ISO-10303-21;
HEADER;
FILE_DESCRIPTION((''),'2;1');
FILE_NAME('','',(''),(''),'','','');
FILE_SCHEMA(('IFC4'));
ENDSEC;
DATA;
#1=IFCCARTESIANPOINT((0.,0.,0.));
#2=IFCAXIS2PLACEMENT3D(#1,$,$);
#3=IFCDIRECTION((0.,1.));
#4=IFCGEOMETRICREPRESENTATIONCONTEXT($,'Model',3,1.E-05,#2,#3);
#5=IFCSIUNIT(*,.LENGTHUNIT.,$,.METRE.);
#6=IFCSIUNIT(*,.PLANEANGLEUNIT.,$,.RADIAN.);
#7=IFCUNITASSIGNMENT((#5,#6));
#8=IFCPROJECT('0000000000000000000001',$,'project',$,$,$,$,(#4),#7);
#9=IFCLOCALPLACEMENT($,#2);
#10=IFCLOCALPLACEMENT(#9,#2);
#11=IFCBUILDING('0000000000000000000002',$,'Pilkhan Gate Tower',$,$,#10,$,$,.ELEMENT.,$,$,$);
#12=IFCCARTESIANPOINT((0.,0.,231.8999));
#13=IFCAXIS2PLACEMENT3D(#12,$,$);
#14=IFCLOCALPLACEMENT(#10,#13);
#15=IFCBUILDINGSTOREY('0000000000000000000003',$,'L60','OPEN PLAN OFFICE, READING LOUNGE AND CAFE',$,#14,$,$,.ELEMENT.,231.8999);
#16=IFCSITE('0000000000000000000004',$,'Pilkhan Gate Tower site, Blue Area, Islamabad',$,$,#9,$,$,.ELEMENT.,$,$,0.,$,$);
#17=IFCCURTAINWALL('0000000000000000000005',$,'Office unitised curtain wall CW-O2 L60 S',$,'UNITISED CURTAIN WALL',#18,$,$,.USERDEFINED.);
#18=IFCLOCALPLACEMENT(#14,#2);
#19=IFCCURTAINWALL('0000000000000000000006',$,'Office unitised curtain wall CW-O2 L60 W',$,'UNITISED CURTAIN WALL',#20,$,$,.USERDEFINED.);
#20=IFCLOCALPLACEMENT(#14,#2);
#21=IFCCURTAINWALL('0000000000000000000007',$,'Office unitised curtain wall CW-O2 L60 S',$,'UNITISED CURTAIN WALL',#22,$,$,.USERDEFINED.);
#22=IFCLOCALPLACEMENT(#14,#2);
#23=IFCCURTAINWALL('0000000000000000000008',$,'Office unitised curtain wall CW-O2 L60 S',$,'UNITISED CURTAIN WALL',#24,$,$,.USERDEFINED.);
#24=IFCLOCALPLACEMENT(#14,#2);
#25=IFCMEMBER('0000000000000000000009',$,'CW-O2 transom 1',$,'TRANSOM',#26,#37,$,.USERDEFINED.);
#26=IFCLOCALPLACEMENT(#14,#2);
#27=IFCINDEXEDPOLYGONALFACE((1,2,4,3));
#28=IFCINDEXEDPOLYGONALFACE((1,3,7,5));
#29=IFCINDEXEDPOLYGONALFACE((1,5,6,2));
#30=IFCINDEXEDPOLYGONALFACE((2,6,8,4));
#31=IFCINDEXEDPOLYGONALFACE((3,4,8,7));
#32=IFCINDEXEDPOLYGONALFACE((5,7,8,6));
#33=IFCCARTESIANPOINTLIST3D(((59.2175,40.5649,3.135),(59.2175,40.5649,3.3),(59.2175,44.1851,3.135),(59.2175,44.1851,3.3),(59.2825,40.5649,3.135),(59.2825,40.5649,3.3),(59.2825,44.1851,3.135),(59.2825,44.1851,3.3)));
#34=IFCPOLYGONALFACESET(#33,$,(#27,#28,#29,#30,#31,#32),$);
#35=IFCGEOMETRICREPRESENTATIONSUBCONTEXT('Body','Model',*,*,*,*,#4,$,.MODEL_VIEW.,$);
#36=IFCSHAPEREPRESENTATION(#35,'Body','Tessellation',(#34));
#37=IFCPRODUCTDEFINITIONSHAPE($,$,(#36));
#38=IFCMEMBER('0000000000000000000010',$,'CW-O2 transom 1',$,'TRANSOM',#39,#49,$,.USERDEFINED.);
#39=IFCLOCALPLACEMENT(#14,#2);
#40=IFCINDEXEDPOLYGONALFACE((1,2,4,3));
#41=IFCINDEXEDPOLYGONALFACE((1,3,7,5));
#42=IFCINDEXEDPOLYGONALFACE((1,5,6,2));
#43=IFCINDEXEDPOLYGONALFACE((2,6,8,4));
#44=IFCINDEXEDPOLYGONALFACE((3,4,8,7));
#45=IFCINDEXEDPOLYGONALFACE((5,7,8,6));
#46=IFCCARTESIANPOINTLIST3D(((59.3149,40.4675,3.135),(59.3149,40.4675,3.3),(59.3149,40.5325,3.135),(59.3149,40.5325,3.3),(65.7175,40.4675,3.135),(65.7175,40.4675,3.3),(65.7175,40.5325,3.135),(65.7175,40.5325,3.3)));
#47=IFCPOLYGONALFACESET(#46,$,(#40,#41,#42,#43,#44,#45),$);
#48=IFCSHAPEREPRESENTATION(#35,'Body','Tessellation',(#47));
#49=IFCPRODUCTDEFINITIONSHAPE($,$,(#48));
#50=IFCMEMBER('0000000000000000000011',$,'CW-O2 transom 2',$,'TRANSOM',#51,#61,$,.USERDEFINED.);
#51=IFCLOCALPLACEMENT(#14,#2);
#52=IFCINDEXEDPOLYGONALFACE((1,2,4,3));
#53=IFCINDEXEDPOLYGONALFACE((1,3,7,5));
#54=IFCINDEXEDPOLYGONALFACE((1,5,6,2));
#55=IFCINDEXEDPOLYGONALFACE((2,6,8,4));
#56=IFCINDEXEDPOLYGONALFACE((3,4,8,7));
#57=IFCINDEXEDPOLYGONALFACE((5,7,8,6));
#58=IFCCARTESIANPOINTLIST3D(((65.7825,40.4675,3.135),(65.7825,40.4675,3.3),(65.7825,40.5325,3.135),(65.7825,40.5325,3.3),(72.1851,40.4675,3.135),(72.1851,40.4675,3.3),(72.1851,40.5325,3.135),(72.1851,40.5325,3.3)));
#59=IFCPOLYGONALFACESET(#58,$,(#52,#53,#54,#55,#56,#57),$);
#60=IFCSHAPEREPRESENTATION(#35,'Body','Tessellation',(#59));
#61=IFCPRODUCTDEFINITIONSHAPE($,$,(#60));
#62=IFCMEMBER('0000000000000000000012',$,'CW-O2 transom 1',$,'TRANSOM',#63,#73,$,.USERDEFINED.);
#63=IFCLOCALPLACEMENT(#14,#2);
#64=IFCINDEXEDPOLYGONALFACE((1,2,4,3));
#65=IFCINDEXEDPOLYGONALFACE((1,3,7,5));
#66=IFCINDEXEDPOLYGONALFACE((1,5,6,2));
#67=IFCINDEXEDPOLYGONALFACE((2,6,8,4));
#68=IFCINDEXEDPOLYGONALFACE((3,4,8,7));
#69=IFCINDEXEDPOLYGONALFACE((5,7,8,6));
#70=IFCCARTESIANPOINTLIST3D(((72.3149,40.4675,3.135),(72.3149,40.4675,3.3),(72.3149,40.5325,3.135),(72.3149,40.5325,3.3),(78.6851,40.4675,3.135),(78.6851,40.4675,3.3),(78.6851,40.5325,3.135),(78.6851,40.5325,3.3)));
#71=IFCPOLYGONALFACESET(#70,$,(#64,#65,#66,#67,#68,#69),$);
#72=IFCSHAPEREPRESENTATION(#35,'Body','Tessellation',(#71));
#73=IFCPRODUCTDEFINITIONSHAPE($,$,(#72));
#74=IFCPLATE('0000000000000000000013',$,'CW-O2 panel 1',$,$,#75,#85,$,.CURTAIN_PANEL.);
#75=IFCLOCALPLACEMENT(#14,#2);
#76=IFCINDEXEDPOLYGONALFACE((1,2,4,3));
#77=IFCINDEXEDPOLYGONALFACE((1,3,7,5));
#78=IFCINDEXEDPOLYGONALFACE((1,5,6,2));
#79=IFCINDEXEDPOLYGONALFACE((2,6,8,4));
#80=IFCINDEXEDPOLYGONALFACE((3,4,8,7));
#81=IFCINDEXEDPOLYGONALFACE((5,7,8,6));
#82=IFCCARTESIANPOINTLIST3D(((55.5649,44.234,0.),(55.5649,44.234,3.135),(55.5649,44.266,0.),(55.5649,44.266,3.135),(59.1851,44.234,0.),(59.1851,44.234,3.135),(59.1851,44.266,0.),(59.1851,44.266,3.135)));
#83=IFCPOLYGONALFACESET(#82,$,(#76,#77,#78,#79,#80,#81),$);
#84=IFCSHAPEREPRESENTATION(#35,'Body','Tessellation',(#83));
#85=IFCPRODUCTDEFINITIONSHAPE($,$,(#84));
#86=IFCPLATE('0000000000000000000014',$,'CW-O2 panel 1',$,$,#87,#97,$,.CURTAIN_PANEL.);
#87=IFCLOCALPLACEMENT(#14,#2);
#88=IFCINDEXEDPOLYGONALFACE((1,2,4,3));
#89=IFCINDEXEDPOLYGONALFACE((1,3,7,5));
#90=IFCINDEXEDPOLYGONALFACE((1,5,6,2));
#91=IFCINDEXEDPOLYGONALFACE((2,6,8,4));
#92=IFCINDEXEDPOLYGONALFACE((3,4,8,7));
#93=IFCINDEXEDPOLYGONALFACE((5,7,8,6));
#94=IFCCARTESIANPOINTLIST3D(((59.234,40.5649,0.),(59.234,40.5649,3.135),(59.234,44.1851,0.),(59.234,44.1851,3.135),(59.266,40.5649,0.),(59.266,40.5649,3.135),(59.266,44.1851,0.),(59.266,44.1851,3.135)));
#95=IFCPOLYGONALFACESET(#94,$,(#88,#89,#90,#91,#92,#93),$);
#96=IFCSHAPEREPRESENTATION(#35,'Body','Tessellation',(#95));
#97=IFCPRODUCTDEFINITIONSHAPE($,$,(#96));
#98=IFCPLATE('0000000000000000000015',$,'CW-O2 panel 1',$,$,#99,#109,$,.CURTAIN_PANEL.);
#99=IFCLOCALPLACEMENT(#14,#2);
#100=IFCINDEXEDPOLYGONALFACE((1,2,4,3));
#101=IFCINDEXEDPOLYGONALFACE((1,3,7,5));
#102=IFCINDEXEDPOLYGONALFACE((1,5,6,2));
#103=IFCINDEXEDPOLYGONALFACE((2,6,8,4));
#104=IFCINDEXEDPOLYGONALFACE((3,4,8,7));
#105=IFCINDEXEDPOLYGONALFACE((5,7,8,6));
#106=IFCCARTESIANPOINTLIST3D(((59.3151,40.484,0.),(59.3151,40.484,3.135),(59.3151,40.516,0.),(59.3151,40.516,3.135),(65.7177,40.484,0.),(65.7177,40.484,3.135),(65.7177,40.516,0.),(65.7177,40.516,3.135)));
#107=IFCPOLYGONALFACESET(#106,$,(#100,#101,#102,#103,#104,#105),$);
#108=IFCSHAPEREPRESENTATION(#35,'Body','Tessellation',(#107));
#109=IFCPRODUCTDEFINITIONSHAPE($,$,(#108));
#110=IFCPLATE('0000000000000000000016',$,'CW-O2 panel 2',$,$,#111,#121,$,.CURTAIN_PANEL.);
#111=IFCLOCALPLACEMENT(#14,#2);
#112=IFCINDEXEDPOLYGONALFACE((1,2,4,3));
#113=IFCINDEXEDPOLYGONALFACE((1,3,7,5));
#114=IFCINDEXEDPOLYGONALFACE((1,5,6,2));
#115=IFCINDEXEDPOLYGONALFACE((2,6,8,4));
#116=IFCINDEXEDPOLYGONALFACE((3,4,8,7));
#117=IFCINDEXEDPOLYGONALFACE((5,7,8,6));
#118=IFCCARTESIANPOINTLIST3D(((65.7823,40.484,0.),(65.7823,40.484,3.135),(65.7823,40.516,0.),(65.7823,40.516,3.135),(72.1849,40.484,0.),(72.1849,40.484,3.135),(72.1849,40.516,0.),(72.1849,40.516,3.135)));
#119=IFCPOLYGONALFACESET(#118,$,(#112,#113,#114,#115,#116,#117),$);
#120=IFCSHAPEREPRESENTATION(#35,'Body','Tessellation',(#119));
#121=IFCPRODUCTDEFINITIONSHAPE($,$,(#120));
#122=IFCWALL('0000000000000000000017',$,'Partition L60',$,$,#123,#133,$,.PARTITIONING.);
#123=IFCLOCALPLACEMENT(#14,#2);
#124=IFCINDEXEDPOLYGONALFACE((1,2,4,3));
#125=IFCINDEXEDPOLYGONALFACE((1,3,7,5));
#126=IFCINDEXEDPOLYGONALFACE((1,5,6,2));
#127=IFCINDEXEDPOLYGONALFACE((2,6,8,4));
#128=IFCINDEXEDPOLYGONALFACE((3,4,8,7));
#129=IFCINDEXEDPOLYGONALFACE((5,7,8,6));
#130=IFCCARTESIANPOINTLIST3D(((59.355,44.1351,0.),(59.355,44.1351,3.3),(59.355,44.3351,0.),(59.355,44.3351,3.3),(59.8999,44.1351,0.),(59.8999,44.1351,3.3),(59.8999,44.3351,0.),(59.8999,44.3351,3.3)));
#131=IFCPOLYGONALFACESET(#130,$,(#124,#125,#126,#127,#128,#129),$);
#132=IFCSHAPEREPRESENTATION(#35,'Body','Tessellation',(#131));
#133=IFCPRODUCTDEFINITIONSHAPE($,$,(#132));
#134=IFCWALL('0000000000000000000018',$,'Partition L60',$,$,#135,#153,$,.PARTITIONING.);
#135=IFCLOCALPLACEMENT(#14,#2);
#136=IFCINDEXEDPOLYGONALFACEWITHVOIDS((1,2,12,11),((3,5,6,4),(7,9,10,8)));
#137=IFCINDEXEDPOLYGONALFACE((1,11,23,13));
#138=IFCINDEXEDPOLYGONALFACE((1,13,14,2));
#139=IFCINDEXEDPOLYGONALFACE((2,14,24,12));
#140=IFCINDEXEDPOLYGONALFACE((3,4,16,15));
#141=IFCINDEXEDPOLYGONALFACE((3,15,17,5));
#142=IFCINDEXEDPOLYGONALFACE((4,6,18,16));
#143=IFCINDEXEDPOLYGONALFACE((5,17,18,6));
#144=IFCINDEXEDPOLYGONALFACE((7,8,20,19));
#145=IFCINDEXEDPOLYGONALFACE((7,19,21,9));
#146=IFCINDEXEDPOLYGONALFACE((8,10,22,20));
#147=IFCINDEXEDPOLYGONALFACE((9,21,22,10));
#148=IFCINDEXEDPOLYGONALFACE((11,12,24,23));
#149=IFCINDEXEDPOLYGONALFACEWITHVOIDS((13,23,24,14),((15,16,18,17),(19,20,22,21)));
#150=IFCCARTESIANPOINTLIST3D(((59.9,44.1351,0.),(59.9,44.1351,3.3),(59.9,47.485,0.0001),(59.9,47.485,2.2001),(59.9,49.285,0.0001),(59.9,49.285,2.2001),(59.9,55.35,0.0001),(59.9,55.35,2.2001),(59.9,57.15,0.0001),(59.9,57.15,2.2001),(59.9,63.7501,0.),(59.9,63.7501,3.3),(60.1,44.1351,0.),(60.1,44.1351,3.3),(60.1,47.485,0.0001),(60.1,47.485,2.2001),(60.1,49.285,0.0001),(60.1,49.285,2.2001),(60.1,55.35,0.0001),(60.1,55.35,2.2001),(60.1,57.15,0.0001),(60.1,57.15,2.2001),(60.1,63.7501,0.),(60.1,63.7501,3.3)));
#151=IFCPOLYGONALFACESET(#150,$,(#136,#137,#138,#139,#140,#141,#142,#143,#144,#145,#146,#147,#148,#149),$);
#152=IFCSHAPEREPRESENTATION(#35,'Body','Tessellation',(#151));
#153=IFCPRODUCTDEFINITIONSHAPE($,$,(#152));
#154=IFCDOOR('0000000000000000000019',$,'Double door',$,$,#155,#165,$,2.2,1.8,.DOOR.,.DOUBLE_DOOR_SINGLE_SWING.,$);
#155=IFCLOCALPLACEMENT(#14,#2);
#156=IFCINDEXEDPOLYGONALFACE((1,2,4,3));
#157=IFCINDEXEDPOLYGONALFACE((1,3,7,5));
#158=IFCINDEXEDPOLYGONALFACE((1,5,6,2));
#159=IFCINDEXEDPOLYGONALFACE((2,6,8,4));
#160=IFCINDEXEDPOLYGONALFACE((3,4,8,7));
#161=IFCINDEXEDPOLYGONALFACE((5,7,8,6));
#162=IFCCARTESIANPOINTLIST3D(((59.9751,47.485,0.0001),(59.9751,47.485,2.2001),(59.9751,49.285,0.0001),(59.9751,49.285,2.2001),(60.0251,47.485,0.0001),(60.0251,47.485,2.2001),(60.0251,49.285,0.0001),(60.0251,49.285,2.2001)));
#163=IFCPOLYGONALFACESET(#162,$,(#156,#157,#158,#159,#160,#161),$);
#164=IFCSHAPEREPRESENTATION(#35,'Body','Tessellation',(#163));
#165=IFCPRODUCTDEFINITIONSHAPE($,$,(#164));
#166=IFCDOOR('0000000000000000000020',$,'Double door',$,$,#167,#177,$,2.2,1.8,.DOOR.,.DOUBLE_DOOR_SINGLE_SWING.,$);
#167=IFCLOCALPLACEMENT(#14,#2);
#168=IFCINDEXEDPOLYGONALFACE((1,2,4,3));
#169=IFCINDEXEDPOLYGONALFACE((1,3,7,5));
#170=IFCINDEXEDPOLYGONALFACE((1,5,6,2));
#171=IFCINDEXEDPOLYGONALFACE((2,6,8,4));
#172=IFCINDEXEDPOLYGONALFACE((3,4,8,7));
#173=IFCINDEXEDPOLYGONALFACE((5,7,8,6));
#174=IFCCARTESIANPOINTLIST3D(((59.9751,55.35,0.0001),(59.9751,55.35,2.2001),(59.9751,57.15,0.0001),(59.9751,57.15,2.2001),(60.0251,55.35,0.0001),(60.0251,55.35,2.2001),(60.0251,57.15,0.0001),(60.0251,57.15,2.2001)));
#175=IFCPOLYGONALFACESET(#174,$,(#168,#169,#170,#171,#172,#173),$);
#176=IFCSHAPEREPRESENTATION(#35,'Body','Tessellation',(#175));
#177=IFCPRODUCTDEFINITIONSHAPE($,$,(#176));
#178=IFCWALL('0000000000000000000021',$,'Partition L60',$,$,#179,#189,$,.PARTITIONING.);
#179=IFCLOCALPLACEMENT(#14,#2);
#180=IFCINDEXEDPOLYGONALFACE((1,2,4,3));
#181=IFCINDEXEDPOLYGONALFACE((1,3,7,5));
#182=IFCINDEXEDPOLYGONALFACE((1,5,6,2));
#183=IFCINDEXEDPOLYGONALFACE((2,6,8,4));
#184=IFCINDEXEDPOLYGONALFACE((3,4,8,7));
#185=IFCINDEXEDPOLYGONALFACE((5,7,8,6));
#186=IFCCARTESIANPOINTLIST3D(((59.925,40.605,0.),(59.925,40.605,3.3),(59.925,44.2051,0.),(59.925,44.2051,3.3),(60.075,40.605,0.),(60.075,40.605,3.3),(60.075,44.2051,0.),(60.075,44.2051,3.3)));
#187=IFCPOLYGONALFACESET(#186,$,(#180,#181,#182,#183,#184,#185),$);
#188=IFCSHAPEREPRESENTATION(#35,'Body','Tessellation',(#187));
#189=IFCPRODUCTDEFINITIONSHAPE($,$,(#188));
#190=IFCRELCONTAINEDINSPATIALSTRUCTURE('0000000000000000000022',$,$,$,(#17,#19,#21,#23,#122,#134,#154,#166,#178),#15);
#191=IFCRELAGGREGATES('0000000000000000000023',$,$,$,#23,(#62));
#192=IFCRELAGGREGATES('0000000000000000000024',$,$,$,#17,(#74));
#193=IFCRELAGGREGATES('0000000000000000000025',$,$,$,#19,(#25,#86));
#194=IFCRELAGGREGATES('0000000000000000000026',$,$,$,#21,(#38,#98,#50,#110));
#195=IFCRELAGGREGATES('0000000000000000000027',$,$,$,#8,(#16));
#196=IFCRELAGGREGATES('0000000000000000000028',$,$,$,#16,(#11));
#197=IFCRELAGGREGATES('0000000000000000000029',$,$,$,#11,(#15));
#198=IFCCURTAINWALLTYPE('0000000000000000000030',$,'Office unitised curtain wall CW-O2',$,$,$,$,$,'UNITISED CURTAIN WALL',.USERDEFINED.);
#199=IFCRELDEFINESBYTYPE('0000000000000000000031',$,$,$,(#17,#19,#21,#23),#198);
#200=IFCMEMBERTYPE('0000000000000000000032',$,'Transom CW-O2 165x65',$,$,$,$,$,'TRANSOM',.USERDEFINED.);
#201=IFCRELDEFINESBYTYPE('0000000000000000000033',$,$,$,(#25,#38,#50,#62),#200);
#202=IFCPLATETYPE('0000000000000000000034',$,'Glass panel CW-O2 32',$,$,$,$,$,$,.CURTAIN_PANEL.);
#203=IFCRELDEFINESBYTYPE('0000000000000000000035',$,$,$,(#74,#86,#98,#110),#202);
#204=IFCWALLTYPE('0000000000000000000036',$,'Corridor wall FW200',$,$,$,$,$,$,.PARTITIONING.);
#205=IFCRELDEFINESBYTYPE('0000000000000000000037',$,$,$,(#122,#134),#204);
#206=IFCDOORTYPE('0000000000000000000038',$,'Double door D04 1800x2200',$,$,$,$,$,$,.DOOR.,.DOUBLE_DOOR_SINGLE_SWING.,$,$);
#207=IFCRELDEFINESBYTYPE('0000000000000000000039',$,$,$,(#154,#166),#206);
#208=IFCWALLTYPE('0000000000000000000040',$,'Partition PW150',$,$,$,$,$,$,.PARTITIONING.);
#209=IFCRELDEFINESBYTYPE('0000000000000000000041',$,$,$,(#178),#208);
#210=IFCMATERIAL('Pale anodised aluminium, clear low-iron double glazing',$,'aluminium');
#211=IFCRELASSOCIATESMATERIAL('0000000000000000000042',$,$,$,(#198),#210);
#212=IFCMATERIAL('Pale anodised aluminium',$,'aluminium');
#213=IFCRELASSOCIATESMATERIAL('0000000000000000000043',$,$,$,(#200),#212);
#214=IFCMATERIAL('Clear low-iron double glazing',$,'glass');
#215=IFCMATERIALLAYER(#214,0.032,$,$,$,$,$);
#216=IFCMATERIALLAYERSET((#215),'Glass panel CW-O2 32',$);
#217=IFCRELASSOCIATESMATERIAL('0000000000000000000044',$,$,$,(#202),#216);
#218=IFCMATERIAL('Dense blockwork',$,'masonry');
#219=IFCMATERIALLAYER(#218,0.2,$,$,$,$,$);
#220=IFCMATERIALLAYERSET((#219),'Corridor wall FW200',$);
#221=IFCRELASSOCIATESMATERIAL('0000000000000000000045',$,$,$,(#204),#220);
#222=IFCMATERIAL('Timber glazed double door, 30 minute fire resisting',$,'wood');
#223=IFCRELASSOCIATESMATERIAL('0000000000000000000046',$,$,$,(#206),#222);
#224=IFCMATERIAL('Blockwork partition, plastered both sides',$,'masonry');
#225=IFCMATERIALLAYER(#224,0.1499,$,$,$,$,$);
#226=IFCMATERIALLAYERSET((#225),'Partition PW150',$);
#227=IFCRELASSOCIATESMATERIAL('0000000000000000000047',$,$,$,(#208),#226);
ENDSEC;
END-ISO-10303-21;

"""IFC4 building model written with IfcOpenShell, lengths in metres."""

from ifc_helpers import new_model, si_unit, direction, frame, frame_2d, origin, origin_2d, place, context, subcontext, project, spatial, rectangle, extrude, material, layer, layer_set, material_profile, profile_set, type_object, element, fill, aggregate, save


model = new_model("IFC4")

# Units and contexts
model_context = context("Model", 3, precision=1e-05, world=origin(), true_north=direction((0.0, 1.0)))
body_context = subcontext(model_context, "Body", "Model", "MODEL_VIEW")
ifc_project = project(units=[si_unit("LENGTHUNIT", "METRE"), si_unit("PLANEANGLEUNIT", "RADIAN")], contexts=[model_context])

# Site, building, storey
site_placement = place(None, origin())
site = spatial("IfcSite", under=ifc_project, at=site_placement, Name="Pilkhan Gate Tower site, Blue Area, Islamabad", CompositionType="ELEMENT", RefElevation=0.0)
building_placement = place(site_placement, origin())
building = spatial("IfcBuilding", under=site, at=building_placement, Name="Pilkhan Gate Tower", CompositionType="ELEMENT")
storey_placement = place(building_placement, frame((0.0, 0.0, 231.8999)))
storey = spatial("IfcBuildingStorey", under=building, at=storey_placement, Name="L60", Description="OPEN PLAN OFFICE, READING LOUNGE AND CAFE", CompositionType="ELEMENT", Elevation=231.8999)

# Shared definitions
ifc_material_1 = material(Name="Pale anodised aluminium, clear low-iron double glazing", Category="aluminium")
curtain_wall_type = type_object("IfcCurtainWallType", Name="Office unitised curtain wall CW-O2", ElementType="UNITISED CURTAIN WALL", PredefinedType="USERDEFINED", material=ifc_material_1)
ifc_material_2 = material(Name="Pale anodised aluminium", Category="aluminium")

# Curtain walls
curtain_wall_1_placement = place(storey_placement, origin())
curtain_wall_1 = element("IfcCurtainWall", 1, at=curtain_wall_1_placement, inside=storey, type_object=curtain_wall_type, Name="Office unitised curtain wall CW-O2 L60 S", ObjectType="UNITISED CURTAIN WALL", PredefinedType="USERDEFINED")
curtain_wall_2_placement = place(storey_placement, origin())
curtain_wall_2 = element("IfcCurtainWall", 2, at=curtain_wall_2_placement, inside=storey, type_object=curtain_wall_type, Name="Office unitised curtain wall CW-O2 L60 W", ObjectType="UNITISED CURTAIN WALL", PredefinedType="USERDEFINED")
curtain_wall_3_placement = place(storey_placement, origin())
curtain_wall_3 = element("IfcCurtainWall", 3, at=curtain_wall_3_placement, inside=storey, type_object=curtain_wall_type, Name="Office unitised curtain wall CW-O2 L60 S", ObjectType="UNITISED CURTAIN WALL", PredefinedType="USERDEFINED")

# Curtain wall
curtain_wall_4_placement = place(storey_placement, origin())
curtain_wall_4 = element("IfcCurtainWall", 4, at=curtain_wall_4_placement, inside=storey, type_object=curtain_wall_type, Name="Office unitised curtain wall CW-O2 L60 S", ObjectType="UNITISED CURTAIN WALL", PredefinedType="USERDEFINED")

# Members
ifc_material_profile_1 = material_profile(ifc_material_2, rectangle(XDim=0.0649, YDim=0.165, at=origin_2d()), Name="Transom 165x65")
ifc_profile_set_1 = profile_set([ifc_material_profile_1], Name="Pale anodised aluminium")
member_type_1 = type_object("IfcMemberType", Name="Transom CW-O2 165x65", ElementType="TRANSOM", PredefinedType="USERDEFINED", material=ifc_profile_set_1)
member_1_placement = place(storey_placement, frame((59.25, 40.5649, 3.2175), z_axis=(0.0, 1.0, 0.0), x_axis=(-1.0, 0.0, 0.0)))
member_1 = element("IfcMember", 5, at=member_1_placement, type_object=member_type_1, Name="CW-O2 transom 1", ObjectType="TRANSOM", PredefinedType="USERDEFINED", context=body_context, shape_type="SweptSolid", body=[
    extrude(rectangle(XDim=0.0649, YDim=0.165, at=origin_2d()), origin(), (0.0, 0.0, 1.0), 3.6201),
])
member_2_placement = place(storey_placement, frame((59.3149, 40.5, 3.2175), z_axis=(1.0, 0.0, 0.0), x_axis=(0.0, 1.0, 0.0)))
member_2 = element("IfcMember", 6, at=member_2_placement, type_object=member_type_1, Name="CW-O2 transom 1", ObjectType="TRANSOM", PredefinedType="USERDEFINED", context=body_context, shape_type="SweptSolid", body=[
    extrude(rectangle(XDim=0.0649, YDim=0.165, at=origin_2d()), origin(), (0.0, 0.0, 1.0), 6.4026),
])
member_3_placement = place(storey_placement, frame((65.7825, 40.5, 3.2175), z_axis=(1.0, 0.0, 0.0), x_axis=(0.0, 1.0, 0.0)))
member_3 = element("IfcMember", 7, at=member_3_placement, type_object=member_type_1, Name="CW-O2 transom 2", ObjectType="TRANSOM", PredefinedType="USERDEFINED", context=body_context, shape_type="SweptSolid", body=[
    extrude(rectangle(XDim=0.0649, YDim=0.165, at=origin_2d()), origin(), (0.0, 0.0, 1.0), 6.4026),
])
member_4_placement = place(storey_placement, frame((72.3149, 40.5, 3.2175), z_axis=(1.0, 0.0, 0.0), x_axis=(0.0, 1.0, 0.0)))
member_4 = element("IfcMember", 8, at=member_4_placement, type_object=member_type_1, Name="CW-O2 transom 1", ObjectType="TRANSOM", PredefinedType="USERDEFINED", context=body_context, shape_type="SweptSolid", body=[
    extrude(rectangle(XDim=0.0649, YDim=0.165, at=origin_2d()), origin(), (0.0, 0.0, 1.0), 6.3701),
])
aggregate(curtain_wall_4, [member_4])

# Plates
ifc_material_3 = material(Name="Clear low-iron double glazing", Category="glass")
ifc_layer_1 = layer(ifc_material_3, 0.032)
ifc_layer_set_1 = layer_set([ifc_layer_1], Name="Glass panel CW-O2 32")
plate_type = type_object("IfcPlateType", Name="Glass panel CW-O2 32", PredefinedType="CURTAIN_PANEL", material=ifc_layer_set_1)
plate_1_placement = place(storey_placement, frame((57.375, 44.25, 0.0), z_axis=(0.0, 0.0, 1.0), x_axis=(1.0, 0.0, 0.0)))
plate_1 = element("IfcPlate", 9, at=plate_1_placement, type_object=plate_type, Name="CW-O2 panel 1", PredefinedType="CURTAIN_PANEL", context=body_context, shape_type="SweptSolid", body=[
    extrude(rectangle(XDim=3.6201, YDim=0.032, at=origin_2d()), origin(), (0.0, 0.0, 1.0), 3.135),
])
aggregate(curtain_wall_1, [plate_1])
plate_2_placement = place(storey_placement, frame((59.25, 42.375, 0.0), z_axis=(0.0, 0.0, 1.0), x_axis=(0.0, 1.0, 0.0)))
plate_2 = element("IfcPlate", 10, at=plate_2_placement, type_object=plate_type, Name="CW-O2 panel 1", PredefinedType="CURTAIN_PANEL", context=body_context, shape_type="SweptSolid", body=[
    extrude(rectangle(XDim=3.6201, YDim=0.032, at=origin_2d()), origin(), (0.0, 0.0, 1.0), 3.135),
])
aggregate(curtain_wall_2, [member_1, plate_2])
plate_3_placement = place(storey_placement, frame((62.5164, 40.5, 0.0), z_axis=(0.0, 0.0, 1.0), x_axis=(1.0, 0.0, 0.0)))
plate_3 = element("IfcPlate", 11, at=plate_3_placement, type_object=plate_type, Name="CW-O2 panel 1", PredefinedType="CURTAIN_PANEL", context=body_context, shape_type="SweptSolid", body=[
    extrude(rectangle(XDim=6.4026, YDim=0.032, at=origin_2d()), origin(), (0.0, 0.0, 1.0), 3.135),
])
plate_4_placement = place(storey_placement, frame((68.9836, 40.5, 0.0), z_axis=(0.0, 0.0, 1.0), x_axis=(1.0, 0.0, 0.0)))
plate_4 = element("IfcPlate", 12, at=plate_4_placement, type_object=plate_type, Name="CW-O2 panel 2", PredefinedType="CURTAIN_PANEL", context=body_context, shape_type="SweptSolid", body=[
    extrude(rectangle(XDim=6.4026, YDim=0.032, at=origin_2d()), origin(), (0.0, 0.0, 1.0), 3.135),
])
aggregate(curtain_wall_3, [member_2, plate_3, member_3, plate_4])

# Wall
ifc_material_4 = material(Name="Dense blockwork", Category="masonry")
ifc_layer_2 = layer(ifc_material_4, 0.2)
ifc_layer_set_2 = layer_set([ifc_layer_2], Name="Corridor wall FW200")
wall_type_1 = type_object("IfcWallType", Name="Corridor wall FW200", PredefinedType="PARTITIONING", material=ifc_layer_set_2)
wall_1_placement = place(storey_placement, frame((59.355, 44.2351, 0.0), z_axis=(0.0, 0.0, 1.0), x_axis=(1.0, 0.0, 0.0)))
element("IfcWall", 13, at=wall_1_placement, inside=storey, type_object=wall_type_1, Name="Partition L60", PredefinedType="PARTITIONING", context=body_context, shape_type="SweptSolid", body=[
    extrude(rectangle(XDim=0.5449, YDim=0.2, at=frame_2d((0.2725, 0.0))), origin(), (0.0, 0.0, 1.0), 3.3),
])

# Wall, openings, doors
wall_2_placement = place(storey_placement, frame((60.0, 44.135, 0.0), z_axis=(0.0, 0.0, 1.0), x_axis=(0.0, 1.0, 0.0)))
wall_2 = element("IfcWall", 14, at=wall_2_placement, inside=storey, type_object=wall_type_1, Name="Partition L60", PredefinedType="PARTITIONING", context=body_context, shape_type="SweptSolid", body=[
    extrude(rectangle(XDim=19.615, YDim=0.2, at=frame_2d((9.8076, 0.0))), origin(), (0.0, 0.0, 1.0), 3.3),
])
opening_1_placement = place(wall_2_placement, frame((3.3501, 0.0, 0.0)))
opening_1 = element("IfcOpeningElement", 15, at=opening_1_placement, cuts=wall_2, PredefinedType="OPENING", context=body_context, shape_type="SweptSolid", body=[
    extrude(rectangle(XDim=1.8, YDim=2.2, at=frame_2d((0.8999, 1.1001))), frame((0.0, 0.1099, 0.0), z_axis=(0.0, -1.0, 0.0), x_axis=(1.0, 0.0, 0.0)), (0.0, 0.0, 1.0), 0.22),
])
opening_2_placement = place(wall_2_placement, frame((11.2151, 0.0, 0.0)))
opening_2 = element("IfcOpeningElement", 16, at=opening_2_placement, cuts=wall_2, PredefinedType="OPENING", context=body_context, shape_type="SweptSolid", body=[
    extrude(rectangle(XDim=1.8, YDim=2.2, at=frame_2d((0.8999, 1.1001))), frame((0.0, 0.1099, 0.0), z_axis=(0.0, -1.0, 0.0), x_axis=(1.0, 0.0, 0.0)), (0.0, 0.0, 1.0), 0.22),
])
ifc_material_5 = material(Name="Timber glazed double door, 30 minute fire resisting", Category="wood")
door_type = type_object("IfcDoorType", Name="Double door D04 1800x2200", OperationType="DOUBLE_DOOR_SINGLE_SWING", PredefinedType="DOOR", material=ifc_material_5)
door_1_placement = place(opening_1_placement, origin())
door_1 = element("IfcDoor", 17, at=door_1_placement, inside=storey, type_object=door_type, Name="Double door", OperationType="DOUBLE_DOOR_SINGLE_SWING", OverallHeight=2.2, OverallWidth=1.8, PredefinedType="DOOR", context=body_context, shape_type="SweptSolid", body=[
    extrude(rectangle(XDim=1.8, YDim=2.2, at=frame_2d((0.8999, 1.1001))), frame((0.0, 0.0249, 0.0), z_axis=(0.0, -1.0, 0.0), x_axis=(1.0, 0.0, 0.0)), (0.0, 0.0, 1.0), 0.05),
])
fill(opening_1, door_1)
door_2_placement = place(opening_2_placement, origin())
door_2 = element("IfcDoor", 18, at=door_2_placement, inside=storey, type_object=door_type, Name="Double door", OperationType="DOUBLE_DOOR_SINGLE_SWING", OverallHeight=2.2, OverallWidth=1.8, PredefinedType="DOOR", context=body_context, shape_type="SweptSolid", body=[
    extrude(rectangle(XDim=1.8, YDim=2.2, at=frame_2d((0.8999, 1.1001))), frame((0.0, 0.0249, 0.0), z_axis=(0.0, -1.0, 0.0), x_axis=(1.0, 0.0, 0.0)), (0.0, 0.0, 1.0), 0.05),
])
fill(opening_2, door_2)

# Wall
ifc_material_6 = material(Name="Blockwork partition, plastered both sides", Category="masonry")
ifc_layer_3 = layer(ifc_material_6, 0.1499)
ifc_layer_set_3 = layer_set([ifc_layer_3], Name="Partition PW150")
wall_type_2 = type_object("IfcWallType", Name="Partition PW150", PredefinedType="PARTITIONING", material=ifc_layer_set_3)
wall_3_placement = place(storey_placement, frame((60.0, 40.605, 0.0), z_axis=(0.0, 0.0, 1.0), x_axis=(0.0, 1.0, 0.0)))
element("IfcWall", 19, at=wall_3_placement, inside=storey, type_object=wall_type_2, Name="Partition L60", PredefinedType="PARTITIONING", context=body_context, shape_type="SweptSolid", body=[
    extrude(rectangle(XDim=3.6001, YDim=0.1499, at=frame_2d((1.8, 0.0))), origin(), (0.0, 0.0, 1.0), 3.3),
])

save(model, "model.ifc")
